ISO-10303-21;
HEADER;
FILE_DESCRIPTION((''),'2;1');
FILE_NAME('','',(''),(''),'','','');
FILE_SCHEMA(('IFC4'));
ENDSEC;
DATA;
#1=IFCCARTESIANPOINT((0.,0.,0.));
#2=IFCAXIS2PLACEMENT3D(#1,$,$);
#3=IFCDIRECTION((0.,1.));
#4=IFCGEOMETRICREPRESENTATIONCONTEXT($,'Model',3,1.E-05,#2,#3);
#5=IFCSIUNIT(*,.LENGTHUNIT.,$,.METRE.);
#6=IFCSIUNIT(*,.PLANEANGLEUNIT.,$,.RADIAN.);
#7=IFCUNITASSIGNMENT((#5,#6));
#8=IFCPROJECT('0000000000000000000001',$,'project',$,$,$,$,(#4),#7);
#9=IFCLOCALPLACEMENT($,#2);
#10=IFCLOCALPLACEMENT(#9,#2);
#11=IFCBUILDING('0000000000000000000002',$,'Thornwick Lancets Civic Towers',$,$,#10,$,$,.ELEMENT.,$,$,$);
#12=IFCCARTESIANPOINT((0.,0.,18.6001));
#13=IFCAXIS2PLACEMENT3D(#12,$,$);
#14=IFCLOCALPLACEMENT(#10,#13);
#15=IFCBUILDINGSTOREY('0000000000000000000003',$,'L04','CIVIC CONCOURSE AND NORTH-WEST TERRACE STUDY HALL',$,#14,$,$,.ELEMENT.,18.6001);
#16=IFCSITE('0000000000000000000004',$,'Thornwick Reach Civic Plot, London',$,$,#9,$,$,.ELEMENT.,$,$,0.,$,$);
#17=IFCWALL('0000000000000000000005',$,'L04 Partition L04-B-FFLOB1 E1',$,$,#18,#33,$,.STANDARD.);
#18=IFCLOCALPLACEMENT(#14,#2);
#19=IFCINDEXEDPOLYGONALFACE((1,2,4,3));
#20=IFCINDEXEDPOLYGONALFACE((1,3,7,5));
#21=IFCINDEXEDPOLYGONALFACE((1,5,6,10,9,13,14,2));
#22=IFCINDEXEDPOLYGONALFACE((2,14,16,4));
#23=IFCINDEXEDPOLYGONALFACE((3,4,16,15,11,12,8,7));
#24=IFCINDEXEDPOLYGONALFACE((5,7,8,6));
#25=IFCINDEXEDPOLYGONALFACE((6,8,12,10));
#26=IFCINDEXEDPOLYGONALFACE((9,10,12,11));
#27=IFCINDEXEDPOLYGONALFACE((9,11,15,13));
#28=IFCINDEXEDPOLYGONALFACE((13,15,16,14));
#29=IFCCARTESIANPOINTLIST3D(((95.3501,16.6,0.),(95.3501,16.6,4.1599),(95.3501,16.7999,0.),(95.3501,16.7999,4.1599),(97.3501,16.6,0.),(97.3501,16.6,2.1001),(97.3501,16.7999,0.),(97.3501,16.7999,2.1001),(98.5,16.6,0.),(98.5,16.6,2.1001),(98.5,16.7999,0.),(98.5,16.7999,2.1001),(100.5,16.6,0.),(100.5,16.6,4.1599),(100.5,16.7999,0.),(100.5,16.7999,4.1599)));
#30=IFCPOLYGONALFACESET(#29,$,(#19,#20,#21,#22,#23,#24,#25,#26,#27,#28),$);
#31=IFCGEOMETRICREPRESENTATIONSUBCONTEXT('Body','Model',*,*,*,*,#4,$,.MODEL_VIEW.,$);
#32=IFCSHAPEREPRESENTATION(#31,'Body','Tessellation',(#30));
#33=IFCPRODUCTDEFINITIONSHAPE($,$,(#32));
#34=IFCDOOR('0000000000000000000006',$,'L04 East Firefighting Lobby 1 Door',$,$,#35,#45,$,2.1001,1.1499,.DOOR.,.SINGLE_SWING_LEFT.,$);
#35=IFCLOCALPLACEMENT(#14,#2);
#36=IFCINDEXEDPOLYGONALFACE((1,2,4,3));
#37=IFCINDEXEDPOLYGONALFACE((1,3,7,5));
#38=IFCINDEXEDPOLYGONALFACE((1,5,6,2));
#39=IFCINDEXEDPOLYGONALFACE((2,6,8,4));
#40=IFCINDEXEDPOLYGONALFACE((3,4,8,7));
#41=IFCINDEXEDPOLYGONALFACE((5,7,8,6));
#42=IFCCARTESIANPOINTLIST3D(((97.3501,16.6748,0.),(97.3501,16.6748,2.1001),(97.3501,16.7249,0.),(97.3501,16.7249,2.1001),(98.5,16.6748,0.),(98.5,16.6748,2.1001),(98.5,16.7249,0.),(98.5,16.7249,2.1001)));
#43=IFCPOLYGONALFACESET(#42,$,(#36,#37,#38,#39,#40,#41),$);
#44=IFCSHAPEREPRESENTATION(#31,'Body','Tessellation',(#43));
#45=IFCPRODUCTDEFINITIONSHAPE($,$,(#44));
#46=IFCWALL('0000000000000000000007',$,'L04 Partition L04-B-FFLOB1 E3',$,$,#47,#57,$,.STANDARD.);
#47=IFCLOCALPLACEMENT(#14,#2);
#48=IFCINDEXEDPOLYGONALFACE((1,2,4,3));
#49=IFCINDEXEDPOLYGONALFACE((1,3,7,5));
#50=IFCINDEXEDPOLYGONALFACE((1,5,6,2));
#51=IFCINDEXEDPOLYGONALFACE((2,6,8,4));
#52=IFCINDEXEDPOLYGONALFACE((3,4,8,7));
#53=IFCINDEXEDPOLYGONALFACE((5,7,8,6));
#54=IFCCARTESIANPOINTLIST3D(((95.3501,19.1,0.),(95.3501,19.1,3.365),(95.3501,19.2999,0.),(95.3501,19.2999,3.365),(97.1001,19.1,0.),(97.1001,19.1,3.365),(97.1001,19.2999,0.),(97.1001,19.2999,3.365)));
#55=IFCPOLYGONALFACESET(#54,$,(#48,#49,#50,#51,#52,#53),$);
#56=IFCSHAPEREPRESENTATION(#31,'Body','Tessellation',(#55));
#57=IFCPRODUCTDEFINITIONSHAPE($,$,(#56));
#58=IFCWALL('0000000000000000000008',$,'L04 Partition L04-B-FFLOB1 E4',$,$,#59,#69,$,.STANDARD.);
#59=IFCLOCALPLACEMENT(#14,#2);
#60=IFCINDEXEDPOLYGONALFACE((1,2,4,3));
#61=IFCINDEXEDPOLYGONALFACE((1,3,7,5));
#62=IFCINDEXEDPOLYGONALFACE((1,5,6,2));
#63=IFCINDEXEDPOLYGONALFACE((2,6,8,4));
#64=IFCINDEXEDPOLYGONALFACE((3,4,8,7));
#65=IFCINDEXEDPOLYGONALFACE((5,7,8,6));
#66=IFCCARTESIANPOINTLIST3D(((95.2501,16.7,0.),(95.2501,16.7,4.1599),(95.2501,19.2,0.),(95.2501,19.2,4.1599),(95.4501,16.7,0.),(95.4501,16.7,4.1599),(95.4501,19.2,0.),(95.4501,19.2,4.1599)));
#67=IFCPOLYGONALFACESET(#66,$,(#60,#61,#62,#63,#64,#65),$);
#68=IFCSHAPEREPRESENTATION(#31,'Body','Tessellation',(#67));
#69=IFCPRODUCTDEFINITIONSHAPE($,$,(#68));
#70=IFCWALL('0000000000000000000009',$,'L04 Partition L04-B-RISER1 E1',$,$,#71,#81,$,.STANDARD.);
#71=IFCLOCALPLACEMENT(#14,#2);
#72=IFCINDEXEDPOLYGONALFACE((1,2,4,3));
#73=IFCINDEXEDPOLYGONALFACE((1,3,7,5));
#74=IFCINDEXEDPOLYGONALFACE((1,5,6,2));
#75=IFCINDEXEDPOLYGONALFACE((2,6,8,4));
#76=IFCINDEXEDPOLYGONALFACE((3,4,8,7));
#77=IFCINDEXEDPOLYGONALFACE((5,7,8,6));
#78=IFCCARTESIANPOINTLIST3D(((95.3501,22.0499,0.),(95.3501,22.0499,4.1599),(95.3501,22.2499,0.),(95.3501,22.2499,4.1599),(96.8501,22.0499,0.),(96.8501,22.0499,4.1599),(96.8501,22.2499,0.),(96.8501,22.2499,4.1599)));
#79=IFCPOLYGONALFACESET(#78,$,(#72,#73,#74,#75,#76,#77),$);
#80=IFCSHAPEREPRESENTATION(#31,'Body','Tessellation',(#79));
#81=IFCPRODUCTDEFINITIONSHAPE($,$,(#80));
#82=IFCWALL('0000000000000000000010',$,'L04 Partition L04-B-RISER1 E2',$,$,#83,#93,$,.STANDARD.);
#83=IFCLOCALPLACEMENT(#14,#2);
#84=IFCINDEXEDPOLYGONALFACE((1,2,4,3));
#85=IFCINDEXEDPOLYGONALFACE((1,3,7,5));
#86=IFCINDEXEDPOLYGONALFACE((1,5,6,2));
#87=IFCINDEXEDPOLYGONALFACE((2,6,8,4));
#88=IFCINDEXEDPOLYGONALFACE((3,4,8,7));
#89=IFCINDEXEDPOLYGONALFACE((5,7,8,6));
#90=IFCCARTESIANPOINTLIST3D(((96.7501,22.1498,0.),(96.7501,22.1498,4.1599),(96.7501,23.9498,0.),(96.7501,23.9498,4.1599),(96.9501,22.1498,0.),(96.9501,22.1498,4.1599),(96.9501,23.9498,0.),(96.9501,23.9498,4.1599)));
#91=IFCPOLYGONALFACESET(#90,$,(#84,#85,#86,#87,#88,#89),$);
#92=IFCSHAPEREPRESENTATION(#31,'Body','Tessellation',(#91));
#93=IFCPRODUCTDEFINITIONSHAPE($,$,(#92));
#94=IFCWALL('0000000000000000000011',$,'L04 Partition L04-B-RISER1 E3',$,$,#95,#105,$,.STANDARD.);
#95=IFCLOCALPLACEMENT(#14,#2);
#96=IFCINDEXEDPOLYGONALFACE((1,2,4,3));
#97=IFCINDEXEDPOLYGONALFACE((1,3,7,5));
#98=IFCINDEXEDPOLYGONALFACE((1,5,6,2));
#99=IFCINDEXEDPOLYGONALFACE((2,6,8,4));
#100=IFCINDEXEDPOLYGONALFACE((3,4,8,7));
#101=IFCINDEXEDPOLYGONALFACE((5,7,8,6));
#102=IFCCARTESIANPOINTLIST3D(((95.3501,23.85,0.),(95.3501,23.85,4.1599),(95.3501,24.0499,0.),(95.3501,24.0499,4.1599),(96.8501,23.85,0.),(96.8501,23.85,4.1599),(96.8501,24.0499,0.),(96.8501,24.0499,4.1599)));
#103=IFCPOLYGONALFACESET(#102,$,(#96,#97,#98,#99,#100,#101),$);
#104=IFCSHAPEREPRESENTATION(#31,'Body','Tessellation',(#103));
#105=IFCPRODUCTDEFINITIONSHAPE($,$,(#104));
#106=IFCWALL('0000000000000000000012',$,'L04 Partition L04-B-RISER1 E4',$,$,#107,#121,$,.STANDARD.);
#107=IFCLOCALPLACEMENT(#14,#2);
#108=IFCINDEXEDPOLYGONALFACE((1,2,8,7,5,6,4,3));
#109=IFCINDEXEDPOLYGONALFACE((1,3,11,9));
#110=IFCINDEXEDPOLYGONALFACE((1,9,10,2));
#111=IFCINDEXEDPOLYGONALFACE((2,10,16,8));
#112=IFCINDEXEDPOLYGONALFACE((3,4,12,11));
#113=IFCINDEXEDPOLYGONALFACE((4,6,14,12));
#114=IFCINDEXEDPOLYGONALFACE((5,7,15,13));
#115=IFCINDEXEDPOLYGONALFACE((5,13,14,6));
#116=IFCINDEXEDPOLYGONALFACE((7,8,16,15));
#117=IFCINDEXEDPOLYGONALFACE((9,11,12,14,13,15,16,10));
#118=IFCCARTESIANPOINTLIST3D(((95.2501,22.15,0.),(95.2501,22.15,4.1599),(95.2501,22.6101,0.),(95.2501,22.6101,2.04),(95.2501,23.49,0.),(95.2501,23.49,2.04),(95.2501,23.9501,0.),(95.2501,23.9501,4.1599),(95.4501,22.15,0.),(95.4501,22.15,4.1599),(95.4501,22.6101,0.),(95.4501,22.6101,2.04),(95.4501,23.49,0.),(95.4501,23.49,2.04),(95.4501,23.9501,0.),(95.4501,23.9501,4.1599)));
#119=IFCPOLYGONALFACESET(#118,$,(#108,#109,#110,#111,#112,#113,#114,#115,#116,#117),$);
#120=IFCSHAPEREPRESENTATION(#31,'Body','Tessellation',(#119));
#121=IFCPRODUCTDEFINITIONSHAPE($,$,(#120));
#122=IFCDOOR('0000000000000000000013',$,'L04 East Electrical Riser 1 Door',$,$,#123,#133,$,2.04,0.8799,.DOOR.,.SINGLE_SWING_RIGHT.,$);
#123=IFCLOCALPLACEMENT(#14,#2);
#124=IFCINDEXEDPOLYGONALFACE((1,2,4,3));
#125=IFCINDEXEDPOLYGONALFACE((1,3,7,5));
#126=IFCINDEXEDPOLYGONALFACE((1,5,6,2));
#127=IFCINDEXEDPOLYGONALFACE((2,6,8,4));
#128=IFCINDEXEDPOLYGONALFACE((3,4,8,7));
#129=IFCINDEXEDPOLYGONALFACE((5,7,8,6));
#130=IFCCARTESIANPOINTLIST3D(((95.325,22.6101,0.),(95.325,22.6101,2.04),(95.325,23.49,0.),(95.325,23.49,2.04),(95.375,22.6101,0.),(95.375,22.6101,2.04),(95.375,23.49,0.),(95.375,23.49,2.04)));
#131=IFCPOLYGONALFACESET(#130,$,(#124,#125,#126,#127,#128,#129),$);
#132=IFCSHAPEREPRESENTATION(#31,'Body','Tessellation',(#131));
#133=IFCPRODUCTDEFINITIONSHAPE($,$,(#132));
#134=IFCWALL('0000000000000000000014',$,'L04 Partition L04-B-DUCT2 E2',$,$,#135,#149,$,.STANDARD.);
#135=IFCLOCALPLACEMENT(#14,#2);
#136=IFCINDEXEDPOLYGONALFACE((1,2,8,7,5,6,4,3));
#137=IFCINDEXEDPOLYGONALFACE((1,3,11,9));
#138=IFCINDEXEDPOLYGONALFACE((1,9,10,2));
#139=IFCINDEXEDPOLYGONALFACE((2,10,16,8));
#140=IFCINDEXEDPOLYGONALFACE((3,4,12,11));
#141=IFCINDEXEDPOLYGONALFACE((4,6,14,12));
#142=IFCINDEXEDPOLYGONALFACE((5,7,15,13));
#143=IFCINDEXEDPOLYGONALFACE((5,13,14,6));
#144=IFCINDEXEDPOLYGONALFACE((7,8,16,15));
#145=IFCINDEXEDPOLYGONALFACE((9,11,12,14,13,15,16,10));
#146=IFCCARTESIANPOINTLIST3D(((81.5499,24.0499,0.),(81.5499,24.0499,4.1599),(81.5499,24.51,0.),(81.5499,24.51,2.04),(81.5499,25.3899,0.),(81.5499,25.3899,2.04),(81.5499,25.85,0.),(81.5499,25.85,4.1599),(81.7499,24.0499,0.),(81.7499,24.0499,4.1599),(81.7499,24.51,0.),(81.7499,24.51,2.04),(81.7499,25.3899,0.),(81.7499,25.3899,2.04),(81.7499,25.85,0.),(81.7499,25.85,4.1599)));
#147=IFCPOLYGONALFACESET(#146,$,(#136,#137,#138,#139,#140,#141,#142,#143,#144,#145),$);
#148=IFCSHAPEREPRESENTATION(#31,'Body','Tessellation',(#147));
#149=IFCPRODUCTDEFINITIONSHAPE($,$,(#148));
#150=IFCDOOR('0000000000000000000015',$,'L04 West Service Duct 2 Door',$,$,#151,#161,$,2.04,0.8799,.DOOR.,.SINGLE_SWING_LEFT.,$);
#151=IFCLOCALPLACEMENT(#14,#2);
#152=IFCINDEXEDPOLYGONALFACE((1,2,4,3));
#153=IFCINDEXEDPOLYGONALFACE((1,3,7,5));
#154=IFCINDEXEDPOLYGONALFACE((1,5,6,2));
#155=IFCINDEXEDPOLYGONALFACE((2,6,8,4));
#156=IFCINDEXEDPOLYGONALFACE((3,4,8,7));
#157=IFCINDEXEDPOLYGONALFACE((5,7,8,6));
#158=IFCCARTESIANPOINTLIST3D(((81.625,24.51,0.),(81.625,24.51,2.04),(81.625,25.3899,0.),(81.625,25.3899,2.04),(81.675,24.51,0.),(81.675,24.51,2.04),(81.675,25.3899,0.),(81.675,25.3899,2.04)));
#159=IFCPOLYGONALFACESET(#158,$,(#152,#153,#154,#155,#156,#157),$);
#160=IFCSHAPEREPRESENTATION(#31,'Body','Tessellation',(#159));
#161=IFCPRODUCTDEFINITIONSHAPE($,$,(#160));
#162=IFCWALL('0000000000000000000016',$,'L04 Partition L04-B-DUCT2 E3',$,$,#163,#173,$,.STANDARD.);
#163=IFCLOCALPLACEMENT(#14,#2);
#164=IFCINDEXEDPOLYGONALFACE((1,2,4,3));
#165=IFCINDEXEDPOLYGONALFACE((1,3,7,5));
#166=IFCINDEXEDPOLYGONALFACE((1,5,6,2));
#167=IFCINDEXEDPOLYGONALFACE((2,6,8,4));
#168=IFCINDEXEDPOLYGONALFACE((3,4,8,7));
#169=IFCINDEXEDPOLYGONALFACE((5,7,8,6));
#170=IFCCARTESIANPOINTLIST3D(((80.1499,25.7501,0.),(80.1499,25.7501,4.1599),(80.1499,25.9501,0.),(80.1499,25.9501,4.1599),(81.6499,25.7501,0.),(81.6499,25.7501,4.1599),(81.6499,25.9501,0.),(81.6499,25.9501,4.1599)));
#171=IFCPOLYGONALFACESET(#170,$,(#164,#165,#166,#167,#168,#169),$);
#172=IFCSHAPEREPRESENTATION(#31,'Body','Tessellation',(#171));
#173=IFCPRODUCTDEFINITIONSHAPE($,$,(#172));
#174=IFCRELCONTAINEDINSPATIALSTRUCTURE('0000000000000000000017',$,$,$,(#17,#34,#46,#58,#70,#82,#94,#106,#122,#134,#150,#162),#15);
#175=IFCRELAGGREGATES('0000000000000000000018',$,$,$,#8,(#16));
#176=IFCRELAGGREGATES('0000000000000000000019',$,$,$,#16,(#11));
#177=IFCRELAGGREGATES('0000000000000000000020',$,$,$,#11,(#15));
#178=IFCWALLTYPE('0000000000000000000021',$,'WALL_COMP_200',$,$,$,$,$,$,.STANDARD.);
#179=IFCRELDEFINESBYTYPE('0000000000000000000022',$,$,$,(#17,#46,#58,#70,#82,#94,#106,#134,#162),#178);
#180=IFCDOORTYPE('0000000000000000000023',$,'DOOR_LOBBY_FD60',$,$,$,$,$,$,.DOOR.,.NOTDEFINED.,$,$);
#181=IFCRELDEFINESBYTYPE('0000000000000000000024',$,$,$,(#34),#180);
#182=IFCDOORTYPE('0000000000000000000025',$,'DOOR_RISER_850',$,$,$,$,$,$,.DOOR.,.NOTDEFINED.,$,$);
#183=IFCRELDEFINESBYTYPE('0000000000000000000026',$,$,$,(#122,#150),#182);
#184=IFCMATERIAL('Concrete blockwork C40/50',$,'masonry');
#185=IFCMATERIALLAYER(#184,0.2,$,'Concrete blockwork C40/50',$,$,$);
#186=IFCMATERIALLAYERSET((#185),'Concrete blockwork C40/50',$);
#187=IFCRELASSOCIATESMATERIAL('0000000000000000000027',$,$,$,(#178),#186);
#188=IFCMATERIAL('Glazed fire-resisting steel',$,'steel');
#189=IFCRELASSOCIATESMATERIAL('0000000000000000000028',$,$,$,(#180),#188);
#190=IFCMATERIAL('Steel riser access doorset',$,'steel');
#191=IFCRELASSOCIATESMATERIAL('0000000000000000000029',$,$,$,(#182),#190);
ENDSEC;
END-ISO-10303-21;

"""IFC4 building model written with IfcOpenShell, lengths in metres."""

from ifc_helpers import new_model, si_unit, direction, frame, frame_2d, origin, place, context, subcontext, project, spatial, rectangle, extrude, material, layer, layer_set, type_object, element, fill, save


model = new_model("IFC4")

# Units and contexts
model_context = context("Model", 3, precision=1e-05, world=origin(), true_north=direction((0.0, 1.0)))
body_context = subcontext(model_context, "Body", "Model", "MODEL_VIEW")
ifc_project = project(units=[si_unit("LENGTHUNIT", "METRE"), si_unit("PLANEANGLEUNIT", "RADIAN")], contexts=[model_context])

# Site, building, storey
site_placement = place(None, origin())
site = spatial("IfcSite", under=ifc_project, at=site_placement, Name="Thornwick Reach Civic Plot, London", CompositionType="ELEMENT", RefElevation=0.0)
building_placement = place(site_placement, origin())
building = spatial("IfcBuilding", under=site, at=building_placement, Name="Thornwick Lancets Civic Towers", CompositionType="ELEMENT")
storey_placement = place(building_placement, frame((0.0, 0.0, 18.6001)))
storey = spatial("IfcBuildingStorey", under=building, at=storey_placement, Name="L04", Description="CIVIC CONCOURSE AND NORTH-WEST TERRACE STUDY HALL", CompositionType="ELEMENT", Elevation=18.6001)

# Shared definitions
ifc_material_1 = material(Name="Concrete blockwork C40/50", Category="masonry")
ifc_layer_1 = layer(ifc_material_1, 0.2, Name="Concrete blockwork C40/50")
ifc_layer_set_1 = layer_set([ifc_layer_1], Name="Concrete blockwork C40/50")
wall_type_1 = type_object("IfcWallType", Name="WALL_COMP_200", PredefinedType="STANDARD", material=ifc_layer_set_1)

# Wall, opening, door
wall_1_placement = place(storey_placement, frame((95.3501, 16.7, 0.0), z_axis=(0.0, 0.0, 1.0), x_axis=(1.0, 0.0, 0.0)))
wall_1 = element("IfcWall", 1, at=wall_1_placement, inside=storey, type_object=wall_type_1, Name="L04 Partition L04-B-FFLOB1 E1", PredefinedType="STANDARD", context=body_context, shape_type="SweptSolid", body=[
    extrude(rectangle(XDim=5.1499, YDim=0.2, at=frame_2d((2.575, 0.0))), origin(), (0.0, 0.0, 1.0), 4.1599),
])
opening_1_placement = place(wall_1_placement, frame((2.0, 0.0, 0.0)))
opening_1 = element("IfcOpeningElement", 2, at=opening_1_placement, cuts=wall_1, PredefinedType="OPENING", context=body_context, shape_type="SweptSolid", body=[
    extrude(rectangle(XDim=1.1499, YDim=2.1001, at=frame_2d((0.575, 1.05))), frame((0.0, 0.1099, 0.0), z_axis=(0.0, -1.0, 0.0), x_axis=(1.0, 0.0, 0.0)), (0.0, 0.0, 1.0), 0.22),
])
ifc_material_2 = material(Name="Glazed fire-resisting steel", Category="steel")
door_type_1 = type_object("IfcDoorType", Name="DOOR_LOBBY_FD60", OperationType="NOTDEFINED", PredefinedType="DOOR", material=ifc_material_2)
door_1_placement = place(opening_1_placement, origin())
door_1 = element("IfcDoor", 3, at=door_1_placement, inside=storey, type_object=door_type_1, Name="L04 East Firefighting Lobby 1 Door", OperationType="SINGLE_SWING_LEFT", OverallHeight=2.1001, OverallWidth=1.1499, PredefinedType="DOOR", context=body_context, shape_type="SweptSolid", body=[
    extrude(rectangle(XDim=1.1499, YDim=2.1001, at=frame_2d((0.575, 1.05))), frame((0.0, 0.0249, 0.0), z_axis=(0.0, -1.0, 0.0), x_axis=(1.0, 0.0, 0.0)), (0.0, 0.0, 1.0), 0.05),
])
fill(opening_1, door_1)

# Walls
wall_2_placement = place(storey_placement, frame((97.1001, 19.2, 0.0), z_axis=(0.0, 0.0, 1.0), x_axis=(-1.0, 0.0, 0.0)))
element("IfcWall", 4, at=wall_2_placement, inside=storey, type_object=wall_type_1, Name="L04 Partition L04-B-FFLOB1 E3", PredefinedType="STANDARD", context=body_context, shape_type="SweptSolid", body=[
    extrude(rectangle(XDim=1.75, YDim=0.2, at=frame_2d((0.875, 0.0))), origin(), (0.0, 0.0, 1.0), 3.365),
])
wall_3_placement = place(storey_placement, frame((95.3501, 19.2, 0.0), z_axis=(0.0, 0.0, 1.0), x_axis=(0.0, -1.0, 0.0)))
element("IfcWall", 5, at=wall_3_placement, inside=storey, type_object=wall_type_1, Name="L04 Partition L04-B-FFLOB1 E4", PredefinedType="STANDARD", context=body_context, shape_type="SweptSolid", body=[
    extrude(rectangle(XDim=2.5, YDim=0.2, at=frame_2d((1.25, 0.0))), origin(), (0.0, 0.0, 1.0), 4.1599),
])
wall_4_placement = place(storey_placement, frame((95.3501, 22.1499, 0.0), z_axis=(0.0, 0.0, 1.0), x_axis=(1.0, 0.0, 0.0)))
element("IfcWall", 6, at=wall_4_placement, inside=storey, type_object=wall_type_1, Name="L04 Partition L04-B-RISER1 E1", PredefinedType="STANDARD", context=body_context, shape_type="SweptSolid", body=[
    extrude(rectangle(XDim=1.5, YDim=0.2, at=frame_2d((0.75, 0.0))), origin(), (0.0, 0.0, 1.0), 4.1599),
])
wall_5_placement = place(storey_placement, frame((96.8501, 22.1499, 0.0), z_axis=(0.0, 0.0, 1.0), x_axis=(0.0, 1.0, 0.0)))
element("IfcWall", 7, at=wall_5_placement, inside=storey, type_object=wall_type_1, Name="L04 Partition L04-B-RISER1 E2", PredefinedType="STANDARD", context=body_context, shape_type="SweptSolid", body=[
    extrude(rectangle(XDim=1.8, YDim=0.2, at=frame_2d((0.8999, 0.0))), origin(), (0.0, 0.0, 1.0), 4.1599),
])
wall_6_placement = place(storey_placement, frame((96.8501, 23.95, 0.0), z_axis=(0.0, 0.0, 1.0), x_axis=(-1.0, 0.0, 0.0)))
element("IfcWall", 8, at=wall_6_placement, inside=storey, type_object=wall_type_1, Name="L04 Partition L04-B-RISER1 E3", PredefinedType="STANDARD", context=body_context, shape_type="SweptSolid", body=[
    extrude(rectangle(XDim=1.5, YDim=0.2, at=frame_2d((0.75, 0.0))), origin(), (0.0, 0.0, 1.0), 4.1599),
])

# Walls, openings, doors
wall_7_placement = place(storey_placement, frame((95.3501, 23.95, 0.0), z_axis=(0.0, 0.0, 1.0), x_axis=(0.0, -1.0, 0.0)))
wall_7 = element("IfcWall", 9, at=wall_7_placement, inside=storey, type_object=wall_type_1, Name="L04 Partition L04-B-RISER1 E4", PredefinedType="STANDARD", context=body_context, shape_type="SweptSolid", body=[
    extrude(rectangle(XDim=1.8, YDim=0.2, at=frame_2d((0.8999, 0.0))), origin(), (0.0, 0.0, 1.0), 4.1599),
])
opening_2_placement = place(wall_7_placement, frame((0.46, 0.0, 0.0)))
opening_2 = element("IfcOpeningElement", 10, at=opening_2_placement, cuts=wall_7, PredefinedType="OPENING", context=body_context, shape_type="SweptSolid", body=[
    extrude(rectangle(XDim=0.8799, YDim=2.04, at=frame_2d((0.4399, 1.02))), frame((0.0, 0.1099, 0.0), z_axis=(0.0, -1.0, 0.0), x_axis=(1.0, 0.0, 0.0)), (0.0, 0.0, 1.0), 0.22),
])
ifc_material_3 = material(Name="Steel riser access doorset", Category="steel")
door_type_2 = type_object("IfcDoorType", Name="DOOR_RISER_850", OperationType="NOTDEFINED", PredefinedType="DOOR", material=ifc_material_3)
door_2_placement = place(opening_2_placement, origin())
door_2 = element("IfcDoor", 11, at=door_2_placement, inside=storey, type_object=door_type_2, Name="L04 East Electrical Riser 1 Door", OperationType="SINGLE_SWING_RIGHT", OverallHeight=2.04, OverallWidth=0.8799, PredefinedType="DOOR", context=body_context, shape_type="SweptSolid", body=[
    extrude(rectangle(XDim=0.8799, YDim=2.04, at=frame_2d((0.4399, 1.02))), frame((0.0, 0.0249, 0.0), z_axis=(0.0, -1.0, 0.0), x_axis=(1.0, 0.0, 0.0)), (0.0, 0.0, 1.0), 0.05),
])
fill(opening_2, door_2)
wall_8_placement = place(storey_placement, frame((81.6499, 24.05, 0.0), z_axis=(0.0, 0.0, 1.0), x_axis=(0.0, 1.0, 0.0)))
wall_8 = element("IfcWall", 12, at=wall_8_placement, inside=storey, type_object=wall_type_1, Name="L04 Partition L04-B-DUCT2 E2", PredefinedType="STANDARD", context=body_context, shape_type="SweptSolid", body=[
    extrude(rectangle(XDim=1.8, YDim=0.2, at=frame_2d((0.8999, 0.0))), origin(), (0.0, 0.0, 1.0), 4.1599),
])
opening_3_placement = place(wall_8_placement, frame((0.46, 0.0, 0.0)))
opening_3 = element("IfcOpeningElement", 13, at=opening_3_placement, cuts=wall_8, PredefinedType="OPENING", context=body_context, shape_type="SweptSolid", body=[
    extrude(rectangle(XDim=0.8799, YDim=2.04, at=frame_2d((0.4399, 1.02))), frame((0.0, 0.1099, 0.0), z_axis=(0.0, -1.0, 0.0), x_axis=(1.0, 0.0, 0.0)), (0.0, 0.0, 1.0), 0.22),
])
door_3_placement = place(opening_3_placement, origin())
door_3 = element("IfcDoor", 14, at=door_3_placement, inside=storey, type_object=door_type_2, Name="L04 West Service Duct 2 Door", OperationType="SINGLE_SWING_LEFT", OverallHeight=2.04, OverallWidth=0.8799, PredefinedType="DOOR", context=body_context, shape_type="SweptSolid", body=[
    extrude(rectangle(XDim=0.8799, YDim=2.04, at=frame_2d((0.4399, 1.02))), frame((0.0, 0.0249, 0.0), z_axis=(0.0, -1.0, 0.0), x_axis=(1.0, 0.0, 0.0)), (0.0, 0.0, 1.0), 0.05),
])
fill(opening_3, door_3)

# Wall
wall_9_placement = place(storey_placement, frame((81.6499, 25.8501, 0.0), z_axis=(0.0, 0.0, 1.0), x_axis=(-1.0, 0.0, 0.0)))
element("IfcWall", 15, at=wall_9_placement, inside=storey, type_object=wall_type_1, Name="L04 Partition L04-B-DUCT2 E3", PredefinedType="STANDARD", context=body_context, shape_type="SweptSolid", body=[
    extrude(rectangle(XDim=1.5, YDim=0.2, at=frame_2d((0.75, 0.0))), origin(), (0.0, 0.0, 1.0), 4.1599),
])

save(model, "model.ifc")
